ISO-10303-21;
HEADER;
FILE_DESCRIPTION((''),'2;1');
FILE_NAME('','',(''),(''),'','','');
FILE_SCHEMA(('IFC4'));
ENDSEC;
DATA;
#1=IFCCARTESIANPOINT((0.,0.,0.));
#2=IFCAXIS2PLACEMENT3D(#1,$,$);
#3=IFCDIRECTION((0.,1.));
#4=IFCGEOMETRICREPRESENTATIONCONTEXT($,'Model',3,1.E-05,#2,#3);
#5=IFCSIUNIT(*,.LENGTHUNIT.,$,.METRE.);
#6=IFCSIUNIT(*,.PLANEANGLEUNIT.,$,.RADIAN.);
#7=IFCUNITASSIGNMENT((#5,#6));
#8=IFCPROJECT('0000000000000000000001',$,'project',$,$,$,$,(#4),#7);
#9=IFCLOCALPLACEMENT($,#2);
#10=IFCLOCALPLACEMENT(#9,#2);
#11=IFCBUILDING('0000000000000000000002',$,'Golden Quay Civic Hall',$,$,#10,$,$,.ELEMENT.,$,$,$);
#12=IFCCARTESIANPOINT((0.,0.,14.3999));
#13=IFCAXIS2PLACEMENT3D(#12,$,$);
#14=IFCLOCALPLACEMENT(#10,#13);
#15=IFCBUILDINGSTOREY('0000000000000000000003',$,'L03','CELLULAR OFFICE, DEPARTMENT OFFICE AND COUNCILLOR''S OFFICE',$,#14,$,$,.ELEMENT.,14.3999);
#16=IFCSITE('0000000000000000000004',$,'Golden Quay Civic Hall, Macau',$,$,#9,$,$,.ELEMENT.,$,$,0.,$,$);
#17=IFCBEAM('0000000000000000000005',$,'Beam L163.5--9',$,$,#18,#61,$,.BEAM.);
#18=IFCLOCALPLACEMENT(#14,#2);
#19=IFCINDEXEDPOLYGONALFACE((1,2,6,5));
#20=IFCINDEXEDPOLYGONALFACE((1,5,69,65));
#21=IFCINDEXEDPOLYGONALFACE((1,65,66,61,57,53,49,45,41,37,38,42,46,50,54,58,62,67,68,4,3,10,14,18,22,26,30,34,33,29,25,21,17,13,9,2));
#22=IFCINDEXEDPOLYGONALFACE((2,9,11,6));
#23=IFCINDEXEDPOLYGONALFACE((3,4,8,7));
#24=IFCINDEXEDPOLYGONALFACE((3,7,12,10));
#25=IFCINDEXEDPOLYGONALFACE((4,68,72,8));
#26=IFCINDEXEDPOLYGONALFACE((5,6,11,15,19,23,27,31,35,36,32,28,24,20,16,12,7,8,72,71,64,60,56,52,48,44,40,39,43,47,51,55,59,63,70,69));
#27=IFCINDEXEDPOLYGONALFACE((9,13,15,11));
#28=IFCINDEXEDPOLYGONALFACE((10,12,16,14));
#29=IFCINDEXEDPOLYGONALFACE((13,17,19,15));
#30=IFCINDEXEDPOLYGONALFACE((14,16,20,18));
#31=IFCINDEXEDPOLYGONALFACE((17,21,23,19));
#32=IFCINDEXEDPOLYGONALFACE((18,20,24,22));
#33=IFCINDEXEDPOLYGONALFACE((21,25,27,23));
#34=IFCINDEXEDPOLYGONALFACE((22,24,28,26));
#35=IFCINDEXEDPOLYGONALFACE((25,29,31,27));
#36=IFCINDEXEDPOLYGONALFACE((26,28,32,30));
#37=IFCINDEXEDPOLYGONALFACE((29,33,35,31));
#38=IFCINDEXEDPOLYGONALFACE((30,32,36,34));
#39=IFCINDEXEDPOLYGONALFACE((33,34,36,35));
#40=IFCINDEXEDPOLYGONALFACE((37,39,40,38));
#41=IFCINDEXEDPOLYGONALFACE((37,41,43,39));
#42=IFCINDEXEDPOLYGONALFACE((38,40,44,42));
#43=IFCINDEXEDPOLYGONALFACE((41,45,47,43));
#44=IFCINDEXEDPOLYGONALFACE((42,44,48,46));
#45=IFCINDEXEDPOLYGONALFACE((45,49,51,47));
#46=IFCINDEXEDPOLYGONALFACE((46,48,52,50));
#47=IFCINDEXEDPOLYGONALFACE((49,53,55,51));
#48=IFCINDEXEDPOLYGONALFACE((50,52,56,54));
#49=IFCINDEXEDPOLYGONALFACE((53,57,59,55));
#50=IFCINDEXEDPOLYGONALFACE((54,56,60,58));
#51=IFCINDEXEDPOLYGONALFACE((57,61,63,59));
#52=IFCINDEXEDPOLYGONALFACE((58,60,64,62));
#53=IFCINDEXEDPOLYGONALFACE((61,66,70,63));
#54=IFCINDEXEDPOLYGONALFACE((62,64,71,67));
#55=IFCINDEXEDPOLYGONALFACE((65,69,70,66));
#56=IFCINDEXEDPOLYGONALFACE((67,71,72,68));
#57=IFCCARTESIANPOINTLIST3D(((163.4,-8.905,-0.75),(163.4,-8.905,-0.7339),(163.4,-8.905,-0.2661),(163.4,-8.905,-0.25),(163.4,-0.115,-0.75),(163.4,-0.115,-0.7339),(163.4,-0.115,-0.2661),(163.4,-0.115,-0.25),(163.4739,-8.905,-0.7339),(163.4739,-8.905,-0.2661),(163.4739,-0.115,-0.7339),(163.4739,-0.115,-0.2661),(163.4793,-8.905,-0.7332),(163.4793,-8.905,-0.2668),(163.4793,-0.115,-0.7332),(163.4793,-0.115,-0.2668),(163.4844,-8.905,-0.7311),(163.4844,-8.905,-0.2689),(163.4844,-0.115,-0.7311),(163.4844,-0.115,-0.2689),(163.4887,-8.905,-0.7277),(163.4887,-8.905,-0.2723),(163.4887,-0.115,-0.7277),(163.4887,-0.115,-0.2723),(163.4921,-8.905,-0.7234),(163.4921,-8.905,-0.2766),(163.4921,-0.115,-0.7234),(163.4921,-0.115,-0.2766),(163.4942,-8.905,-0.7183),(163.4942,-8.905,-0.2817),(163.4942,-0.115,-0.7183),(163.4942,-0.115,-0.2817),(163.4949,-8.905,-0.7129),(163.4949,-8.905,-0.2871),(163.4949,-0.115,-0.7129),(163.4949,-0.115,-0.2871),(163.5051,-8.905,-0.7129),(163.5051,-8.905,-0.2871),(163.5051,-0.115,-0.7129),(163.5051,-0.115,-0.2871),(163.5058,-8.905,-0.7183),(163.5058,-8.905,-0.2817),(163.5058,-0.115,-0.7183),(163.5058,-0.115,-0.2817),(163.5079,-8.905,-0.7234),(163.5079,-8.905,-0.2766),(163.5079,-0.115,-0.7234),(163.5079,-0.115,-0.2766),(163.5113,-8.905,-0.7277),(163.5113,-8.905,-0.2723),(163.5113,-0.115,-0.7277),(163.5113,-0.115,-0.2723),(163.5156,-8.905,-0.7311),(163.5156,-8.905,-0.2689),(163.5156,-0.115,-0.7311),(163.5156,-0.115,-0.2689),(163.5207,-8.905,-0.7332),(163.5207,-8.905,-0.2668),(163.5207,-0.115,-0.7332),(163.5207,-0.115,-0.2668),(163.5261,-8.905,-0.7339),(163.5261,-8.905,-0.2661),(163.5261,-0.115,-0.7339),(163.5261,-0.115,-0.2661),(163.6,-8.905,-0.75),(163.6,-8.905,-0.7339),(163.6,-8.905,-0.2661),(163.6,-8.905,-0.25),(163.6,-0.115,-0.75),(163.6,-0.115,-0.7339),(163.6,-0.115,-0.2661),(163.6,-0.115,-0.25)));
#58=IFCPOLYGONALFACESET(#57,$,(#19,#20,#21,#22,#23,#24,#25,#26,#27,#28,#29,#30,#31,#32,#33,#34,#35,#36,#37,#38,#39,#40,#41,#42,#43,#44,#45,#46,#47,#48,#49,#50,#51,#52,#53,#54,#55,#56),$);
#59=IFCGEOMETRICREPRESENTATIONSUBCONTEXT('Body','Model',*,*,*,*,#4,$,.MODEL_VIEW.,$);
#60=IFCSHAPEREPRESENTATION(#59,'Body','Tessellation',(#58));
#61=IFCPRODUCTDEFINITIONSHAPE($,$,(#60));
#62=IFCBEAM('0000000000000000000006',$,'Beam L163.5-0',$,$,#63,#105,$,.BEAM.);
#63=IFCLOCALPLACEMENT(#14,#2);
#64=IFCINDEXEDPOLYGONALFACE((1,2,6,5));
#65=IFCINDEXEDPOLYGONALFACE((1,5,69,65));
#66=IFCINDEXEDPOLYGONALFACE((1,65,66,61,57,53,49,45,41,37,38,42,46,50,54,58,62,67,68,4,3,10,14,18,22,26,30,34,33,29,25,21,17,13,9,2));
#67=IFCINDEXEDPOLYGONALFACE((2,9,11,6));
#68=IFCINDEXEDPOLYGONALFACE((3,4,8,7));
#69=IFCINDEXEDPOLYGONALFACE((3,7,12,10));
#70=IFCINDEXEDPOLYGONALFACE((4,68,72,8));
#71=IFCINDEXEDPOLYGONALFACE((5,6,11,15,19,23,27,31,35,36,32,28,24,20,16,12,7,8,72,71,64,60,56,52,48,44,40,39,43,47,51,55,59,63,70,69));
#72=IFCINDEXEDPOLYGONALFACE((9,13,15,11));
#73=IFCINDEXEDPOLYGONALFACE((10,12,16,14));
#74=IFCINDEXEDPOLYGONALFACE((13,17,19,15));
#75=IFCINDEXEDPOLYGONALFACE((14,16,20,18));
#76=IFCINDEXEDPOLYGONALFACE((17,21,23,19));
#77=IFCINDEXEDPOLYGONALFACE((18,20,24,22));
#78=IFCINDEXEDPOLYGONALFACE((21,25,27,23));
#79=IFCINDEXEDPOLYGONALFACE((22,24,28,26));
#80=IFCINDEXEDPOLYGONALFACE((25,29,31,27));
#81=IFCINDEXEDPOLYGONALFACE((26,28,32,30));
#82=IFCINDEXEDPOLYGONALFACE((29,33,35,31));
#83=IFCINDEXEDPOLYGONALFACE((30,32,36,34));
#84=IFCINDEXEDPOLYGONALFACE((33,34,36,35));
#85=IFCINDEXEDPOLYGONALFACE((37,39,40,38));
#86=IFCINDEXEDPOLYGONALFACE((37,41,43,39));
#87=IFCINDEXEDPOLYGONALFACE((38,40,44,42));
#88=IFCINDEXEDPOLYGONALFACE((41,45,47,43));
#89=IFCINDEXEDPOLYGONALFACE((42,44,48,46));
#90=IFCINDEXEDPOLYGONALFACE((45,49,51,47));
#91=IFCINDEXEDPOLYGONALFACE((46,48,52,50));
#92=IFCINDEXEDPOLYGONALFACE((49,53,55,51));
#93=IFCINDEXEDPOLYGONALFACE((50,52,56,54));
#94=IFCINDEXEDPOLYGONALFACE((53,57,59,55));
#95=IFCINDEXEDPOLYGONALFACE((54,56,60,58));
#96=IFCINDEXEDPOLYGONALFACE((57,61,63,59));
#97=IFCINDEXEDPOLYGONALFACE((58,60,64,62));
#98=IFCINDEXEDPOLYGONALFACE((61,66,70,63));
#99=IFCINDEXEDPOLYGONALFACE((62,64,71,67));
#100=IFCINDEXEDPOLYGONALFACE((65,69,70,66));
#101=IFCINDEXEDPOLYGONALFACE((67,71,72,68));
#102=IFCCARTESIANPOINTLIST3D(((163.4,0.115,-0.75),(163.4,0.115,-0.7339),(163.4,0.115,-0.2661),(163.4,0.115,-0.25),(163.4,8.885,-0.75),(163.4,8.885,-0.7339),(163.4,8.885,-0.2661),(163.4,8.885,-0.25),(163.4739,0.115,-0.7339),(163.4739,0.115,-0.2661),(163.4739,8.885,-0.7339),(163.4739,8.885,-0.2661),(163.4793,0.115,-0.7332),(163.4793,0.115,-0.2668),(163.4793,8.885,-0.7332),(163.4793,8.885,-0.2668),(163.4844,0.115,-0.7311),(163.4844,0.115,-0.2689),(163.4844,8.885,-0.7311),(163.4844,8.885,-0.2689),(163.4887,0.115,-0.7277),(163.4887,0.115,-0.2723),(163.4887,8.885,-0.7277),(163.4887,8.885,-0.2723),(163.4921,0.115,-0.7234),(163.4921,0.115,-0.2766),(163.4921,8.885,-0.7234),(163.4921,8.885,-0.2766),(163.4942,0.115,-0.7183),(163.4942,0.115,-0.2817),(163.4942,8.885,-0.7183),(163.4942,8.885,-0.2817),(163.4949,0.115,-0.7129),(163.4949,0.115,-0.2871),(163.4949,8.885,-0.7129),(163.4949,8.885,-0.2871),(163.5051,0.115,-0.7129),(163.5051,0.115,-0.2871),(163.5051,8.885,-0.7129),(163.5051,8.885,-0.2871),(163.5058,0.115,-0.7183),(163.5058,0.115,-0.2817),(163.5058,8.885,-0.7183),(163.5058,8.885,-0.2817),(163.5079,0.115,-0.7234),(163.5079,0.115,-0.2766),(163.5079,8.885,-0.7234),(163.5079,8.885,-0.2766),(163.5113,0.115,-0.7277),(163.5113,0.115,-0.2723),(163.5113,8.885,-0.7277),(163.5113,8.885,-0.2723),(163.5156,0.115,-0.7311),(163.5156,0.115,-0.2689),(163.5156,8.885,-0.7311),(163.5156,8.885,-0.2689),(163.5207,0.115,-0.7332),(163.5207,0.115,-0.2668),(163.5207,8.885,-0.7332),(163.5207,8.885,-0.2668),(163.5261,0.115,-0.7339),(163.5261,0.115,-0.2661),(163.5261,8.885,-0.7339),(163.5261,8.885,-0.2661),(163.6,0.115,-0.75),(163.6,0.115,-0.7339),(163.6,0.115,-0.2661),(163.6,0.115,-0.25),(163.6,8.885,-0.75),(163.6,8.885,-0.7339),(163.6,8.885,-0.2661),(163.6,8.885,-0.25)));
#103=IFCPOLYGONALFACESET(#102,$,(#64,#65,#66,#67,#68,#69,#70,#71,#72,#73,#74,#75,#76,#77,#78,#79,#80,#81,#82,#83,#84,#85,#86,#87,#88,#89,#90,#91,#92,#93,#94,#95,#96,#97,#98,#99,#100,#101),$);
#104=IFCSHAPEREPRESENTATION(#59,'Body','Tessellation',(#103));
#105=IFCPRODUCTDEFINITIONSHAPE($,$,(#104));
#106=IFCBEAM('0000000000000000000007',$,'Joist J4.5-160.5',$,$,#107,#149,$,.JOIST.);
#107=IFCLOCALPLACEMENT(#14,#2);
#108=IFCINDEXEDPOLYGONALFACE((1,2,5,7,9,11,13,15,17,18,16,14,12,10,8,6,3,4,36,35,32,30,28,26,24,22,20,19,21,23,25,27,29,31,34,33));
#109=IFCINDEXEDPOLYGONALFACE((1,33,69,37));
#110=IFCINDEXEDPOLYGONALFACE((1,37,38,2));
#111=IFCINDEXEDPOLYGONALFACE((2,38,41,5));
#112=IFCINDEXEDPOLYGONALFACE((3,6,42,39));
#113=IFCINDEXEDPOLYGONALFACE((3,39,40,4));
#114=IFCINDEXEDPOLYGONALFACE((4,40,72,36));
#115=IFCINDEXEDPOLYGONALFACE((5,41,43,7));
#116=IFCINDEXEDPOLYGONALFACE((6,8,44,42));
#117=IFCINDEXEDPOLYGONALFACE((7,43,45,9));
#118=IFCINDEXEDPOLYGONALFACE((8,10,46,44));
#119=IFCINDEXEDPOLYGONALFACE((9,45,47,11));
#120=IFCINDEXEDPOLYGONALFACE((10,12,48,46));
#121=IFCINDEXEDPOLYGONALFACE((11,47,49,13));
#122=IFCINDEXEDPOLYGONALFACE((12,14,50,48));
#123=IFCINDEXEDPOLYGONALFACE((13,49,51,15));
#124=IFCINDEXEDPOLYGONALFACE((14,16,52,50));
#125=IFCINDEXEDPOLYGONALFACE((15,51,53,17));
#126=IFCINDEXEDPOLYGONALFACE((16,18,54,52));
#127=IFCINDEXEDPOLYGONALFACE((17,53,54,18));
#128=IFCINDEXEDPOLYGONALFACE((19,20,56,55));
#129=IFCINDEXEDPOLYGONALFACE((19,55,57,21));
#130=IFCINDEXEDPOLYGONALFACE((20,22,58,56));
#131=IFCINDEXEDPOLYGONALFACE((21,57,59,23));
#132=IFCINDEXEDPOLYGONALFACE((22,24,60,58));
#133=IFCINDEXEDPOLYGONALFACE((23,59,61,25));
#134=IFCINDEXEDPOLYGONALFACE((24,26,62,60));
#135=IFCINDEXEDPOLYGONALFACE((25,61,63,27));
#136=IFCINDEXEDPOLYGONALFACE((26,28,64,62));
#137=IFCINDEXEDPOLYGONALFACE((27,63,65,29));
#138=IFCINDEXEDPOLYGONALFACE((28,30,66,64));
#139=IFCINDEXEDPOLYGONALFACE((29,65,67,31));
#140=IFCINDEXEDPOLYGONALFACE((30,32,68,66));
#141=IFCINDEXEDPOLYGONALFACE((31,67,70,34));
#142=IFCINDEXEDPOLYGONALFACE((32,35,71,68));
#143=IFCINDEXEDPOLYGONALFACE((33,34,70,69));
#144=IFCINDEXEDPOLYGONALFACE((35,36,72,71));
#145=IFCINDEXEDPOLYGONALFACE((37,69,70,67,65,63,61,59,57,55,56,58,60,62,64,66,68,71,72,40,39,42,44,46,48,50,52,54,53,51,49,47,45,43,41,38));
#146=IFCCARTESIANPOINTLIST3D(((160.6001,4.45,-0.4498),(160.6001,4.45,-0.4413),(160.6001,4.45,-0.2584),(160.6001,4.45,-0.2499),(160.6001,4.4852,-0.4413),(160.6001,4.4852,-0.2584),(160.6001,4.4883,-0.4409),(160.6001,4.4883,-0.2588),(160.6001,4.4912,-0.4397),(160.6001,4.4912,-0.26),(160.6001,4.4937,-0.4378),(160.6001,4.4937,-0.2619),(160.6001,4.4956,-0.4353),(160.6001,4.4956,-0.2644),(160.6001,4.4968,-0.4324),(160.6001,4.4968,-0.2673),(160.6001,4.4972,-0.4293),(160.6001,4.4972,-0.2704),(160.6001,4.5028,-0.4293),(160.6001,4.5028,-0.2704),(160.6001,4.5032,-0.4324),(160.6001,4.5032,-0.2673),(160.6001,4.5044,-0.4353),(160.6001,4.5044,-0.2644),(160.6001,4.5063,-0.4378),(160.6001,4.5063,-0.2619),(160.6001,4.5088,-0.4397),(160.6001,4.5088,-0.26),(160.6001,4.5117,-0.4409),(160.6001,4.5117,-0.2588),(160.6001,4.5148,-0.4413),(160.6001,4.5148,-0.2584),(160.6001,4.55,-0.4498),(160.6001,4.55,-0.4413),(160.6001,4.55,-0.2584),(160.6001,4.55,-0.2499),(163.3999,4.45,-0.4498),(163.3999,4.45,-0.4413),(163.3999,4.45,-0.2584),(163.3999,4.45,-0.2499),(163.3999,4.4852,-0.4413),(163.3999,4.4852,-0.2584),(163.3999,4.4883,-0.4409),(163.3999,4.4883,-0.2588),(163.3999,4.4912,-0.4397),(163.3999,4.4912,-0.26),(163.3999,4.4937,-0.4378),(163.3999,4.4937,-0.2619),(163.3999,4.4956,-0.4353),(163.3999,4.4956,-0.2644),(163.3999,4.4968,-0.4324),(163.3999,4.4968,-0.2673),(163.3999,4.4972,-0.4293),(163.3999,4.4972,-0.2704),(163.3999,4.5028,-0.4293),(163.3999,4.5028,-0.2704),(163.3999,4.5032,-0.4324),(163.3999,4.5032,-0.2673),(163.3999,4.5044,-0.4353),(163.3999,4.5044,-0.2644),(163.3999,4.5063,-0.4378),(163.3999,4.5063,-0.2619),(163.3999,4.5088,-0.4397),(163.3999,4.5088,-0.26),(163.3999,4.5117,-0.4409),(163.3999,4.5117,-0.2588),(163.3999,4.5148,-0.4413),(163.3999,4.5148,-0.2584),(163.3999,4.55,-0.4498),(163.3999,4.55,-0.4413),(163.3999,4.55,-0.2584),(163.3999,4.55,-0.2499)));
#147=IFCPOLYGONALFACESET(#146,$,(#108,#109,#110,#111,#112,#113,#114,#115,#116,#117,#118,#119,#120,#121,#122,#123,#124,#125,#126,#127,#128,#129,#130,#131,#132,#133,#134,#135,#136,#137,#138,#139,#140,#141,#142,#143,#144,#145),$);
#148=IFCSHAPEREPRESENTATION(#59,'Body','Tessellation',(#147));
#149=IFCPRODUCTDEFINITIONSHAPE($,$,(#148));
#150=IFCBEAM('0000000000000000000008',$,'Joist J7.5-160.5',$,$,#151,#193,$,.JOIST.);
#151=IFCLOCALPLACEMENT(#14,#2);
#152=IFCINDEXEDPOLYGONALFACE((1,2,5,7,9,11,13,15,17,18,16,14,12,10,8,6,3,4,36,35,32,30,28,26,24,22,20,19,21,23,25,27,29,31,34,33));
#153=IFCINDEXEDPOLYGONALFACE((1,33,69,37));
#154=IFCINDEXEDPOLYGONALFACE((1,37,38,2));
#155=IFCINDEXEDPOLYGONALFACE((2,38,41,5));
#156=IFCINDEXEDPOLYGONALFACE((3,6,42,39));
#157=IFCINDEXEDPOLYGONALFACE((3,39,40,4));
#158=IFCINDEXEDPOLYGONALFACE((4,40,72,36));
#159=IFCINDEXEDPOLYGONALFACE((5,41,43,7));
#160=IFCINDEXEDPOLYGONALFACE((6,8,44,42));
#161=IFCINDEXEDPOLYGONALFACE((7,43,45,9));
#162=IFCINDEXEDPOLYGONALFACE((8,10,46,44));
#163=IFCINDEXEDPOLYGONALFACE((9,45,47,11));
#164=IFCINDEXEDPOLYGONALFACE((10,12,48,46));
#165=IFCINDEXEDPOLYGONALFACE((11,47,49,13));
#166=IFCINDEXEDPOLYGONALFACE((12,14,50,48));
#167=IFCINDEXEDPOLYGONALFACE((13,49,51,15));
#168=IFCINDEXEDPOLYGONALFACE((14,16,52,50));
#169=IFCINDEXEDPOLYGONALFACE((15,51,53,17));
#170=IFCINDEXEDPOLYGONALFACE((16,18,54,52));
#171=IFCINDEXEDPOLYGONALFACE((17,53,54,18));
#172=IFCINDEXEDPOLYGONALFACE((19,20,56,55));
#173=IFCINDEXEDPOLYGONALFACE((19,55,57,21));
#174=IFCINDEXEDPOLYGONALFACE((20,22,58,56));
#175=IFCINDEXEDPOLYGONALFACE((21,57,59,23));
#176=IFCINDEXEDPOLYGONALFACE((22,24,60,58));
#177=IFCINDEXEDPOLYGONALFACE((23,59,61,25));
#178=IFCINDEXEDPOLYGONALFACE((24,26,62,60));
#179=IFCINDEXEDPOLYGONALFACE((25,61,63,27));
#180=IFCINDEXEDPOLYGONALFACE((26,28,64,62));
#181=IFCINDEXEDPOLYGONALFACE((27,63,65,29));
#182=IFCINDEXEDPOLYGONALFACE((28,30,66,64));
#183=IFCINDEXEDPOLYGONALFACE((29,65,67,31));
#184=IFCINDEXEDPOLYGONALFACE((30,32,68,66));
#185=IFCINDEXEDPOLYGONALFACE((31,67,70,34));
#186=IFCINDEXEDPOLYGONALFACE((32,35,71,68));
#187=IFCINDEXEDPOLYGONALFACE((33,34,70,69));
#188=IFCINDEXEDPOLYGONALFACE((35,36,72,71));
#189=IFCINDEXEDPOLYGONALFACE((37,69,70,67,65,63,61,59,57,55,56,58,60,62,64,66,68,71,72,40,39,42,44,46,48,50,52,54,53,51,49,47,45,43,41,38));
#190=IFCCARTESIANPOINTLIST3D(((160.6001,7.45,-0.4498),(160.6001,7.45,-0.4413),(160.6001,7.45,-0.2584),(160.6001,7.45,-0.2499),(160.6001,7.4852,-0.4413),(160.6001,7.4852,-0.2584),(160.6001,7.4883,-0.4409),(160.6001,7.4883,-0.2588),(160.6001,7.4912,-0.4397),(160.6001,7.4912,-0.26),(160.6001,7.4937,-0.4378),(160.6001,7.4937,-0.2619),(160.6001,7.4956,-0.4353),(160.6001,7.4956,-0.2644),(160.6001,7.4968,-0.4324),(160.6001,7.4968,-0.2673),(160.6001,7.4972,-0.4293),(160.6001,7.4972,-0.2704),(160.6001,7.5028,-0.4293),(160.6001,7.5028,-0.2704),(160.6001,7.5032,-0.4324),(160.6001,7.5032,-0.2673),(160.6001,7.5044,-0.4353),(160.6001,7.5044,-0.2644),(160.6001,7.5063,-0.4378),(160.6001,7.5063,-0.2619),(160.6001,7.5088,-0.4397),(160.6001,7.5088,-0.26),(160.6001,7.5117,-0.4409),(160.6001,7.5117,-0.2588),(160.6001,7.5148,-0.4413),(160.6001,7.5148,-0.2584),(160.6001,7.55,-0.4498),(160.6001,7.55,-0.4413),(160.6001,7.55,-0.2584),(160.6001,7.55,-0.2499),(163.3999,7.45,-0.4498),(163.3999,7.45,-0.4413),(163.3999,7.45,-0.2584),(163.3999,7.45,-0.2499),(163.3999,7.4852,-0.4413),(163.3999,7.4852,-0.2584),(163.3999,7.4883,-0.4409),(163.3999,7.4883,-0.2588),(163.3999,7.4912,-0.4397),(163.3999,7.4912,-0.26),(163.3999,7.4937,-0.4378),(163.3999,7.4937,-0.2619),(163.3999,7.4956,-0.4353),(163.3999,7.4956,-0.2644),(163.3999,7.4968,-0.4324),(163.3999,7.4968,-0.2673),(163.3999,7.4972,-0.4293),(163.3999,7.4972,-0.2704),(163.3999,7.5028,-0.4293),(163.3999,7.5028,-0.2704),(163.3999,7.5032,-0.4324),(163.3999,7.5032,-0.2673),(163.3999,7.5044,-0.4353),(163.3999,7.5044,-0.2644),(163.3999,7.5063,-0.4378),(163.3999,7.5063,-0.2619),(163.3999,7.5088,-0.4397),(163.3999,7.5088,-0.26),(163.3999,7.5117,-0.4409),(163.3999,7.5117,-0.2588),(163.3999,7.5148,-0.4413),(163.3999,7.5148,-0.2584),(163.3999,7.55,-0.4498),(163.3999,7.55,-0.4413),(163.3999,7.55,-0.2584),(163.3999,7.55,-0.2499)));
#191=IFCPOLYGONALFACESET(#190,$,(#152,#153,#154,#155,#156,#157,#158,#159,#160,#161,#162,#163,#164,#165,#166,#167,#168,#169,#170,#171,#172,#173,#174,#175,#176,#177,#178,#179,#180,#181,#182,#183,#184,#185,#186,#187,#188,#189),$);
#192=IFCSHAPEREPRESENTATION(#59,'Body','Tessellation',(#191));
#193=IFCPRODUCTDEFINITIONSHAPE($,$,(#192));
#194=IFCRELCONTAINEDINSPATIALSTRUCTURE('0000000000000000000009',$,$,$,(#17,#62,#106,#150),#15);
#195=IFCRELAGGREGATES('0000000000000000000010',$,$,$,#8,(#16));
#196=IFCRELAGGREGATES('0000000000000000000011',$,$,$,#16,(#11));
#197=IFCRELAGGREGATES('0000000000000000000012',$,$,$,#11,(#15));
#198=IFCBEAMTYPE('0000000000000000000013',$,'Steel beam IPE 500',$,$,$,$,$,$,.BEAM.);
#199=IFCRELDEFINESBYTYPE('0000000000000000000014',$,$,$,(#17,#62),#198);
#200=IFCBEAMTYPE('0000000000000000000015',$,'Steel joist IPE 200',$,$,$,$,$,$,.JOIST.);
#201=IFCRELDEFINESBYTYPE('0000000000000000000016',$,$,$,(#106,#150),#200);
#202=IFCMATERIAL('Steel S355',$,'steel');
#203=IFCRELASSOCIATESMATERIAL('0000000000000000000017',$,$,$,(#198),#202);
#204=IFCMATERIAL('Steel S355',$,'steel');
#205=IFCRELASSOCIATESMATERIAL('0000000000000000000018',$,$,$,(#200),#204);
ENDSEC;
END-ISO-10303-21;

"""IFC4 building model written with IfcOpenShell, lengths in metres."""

from ifc_helpers import new_model, si_unit, direction, frame, origin, origin_2d, place, context, subcontext, project, spatial, i_section, extrude, material, material_profile, profile_set, type_object, element, save


model = new_model("IFC4")

# Units and contexts
model_context = context("Model", 3, precision=1e-05, world=origin(), true_north=direction((0.0, 1.0)))
body_context = subcontext(model_context, "Body", "Model", "MODEL_VIEW")
ifc_project = project(units=[si_unit("LENGTHUNIT", "METRE"), si_unit("PLANEANGLEUNIT", "RADIAN")], contexts=[model_context])

# Site, building, storey
site_placement = place(None, origin())
site = spatial("IfcSite", under=ifc_project, at=site_placement, Name="Golden Quay Civic Hall, Macau", CompositionType="ELEMENT", RefElevation=0.0)
building_placement = place(site_placement, origin())
building = spatial("IfcBuilding", under=site, at=building_placement, Name="Golden Quay Civic Hall", CompositionType="ELEMENT")
storey_placement = place(building_placement, frame((0.0, 0.0, 14.3999)))
storey = spatial("IfcBuildingStorey", under=building, at=storey_placement, Name="L03", Description="CELLULAR OFFICE, DEPARTMENT OFFICE AND COUNCILLOR'S OFFICE", CompositionType="ELEMENT", Elevation=14.3999)

# Beams
ifc_material_1 = material(Name="Steel S355", Category="steel")
ifc_material_profile_1 = material_profile(ifc_material_1, i_section(OverallWidth=0.2, OverallDepth=0.5, WebThickness=0.0103, FlangeThickness=0.0161, FilletRadius=0.021, at=origin_2d()), Name="IPE 500")
ifc_profile_set_1 = profile_set([ifc_material_profile_1], Name="Steel S355")
beam_type_1 = type_object("IfcBeamType", Name="Steel beam IPE 500", PredefinedType="BEAM", material=ifc_profile_set_1)
beam_1_placement = place(storey_placement, frame((163.5, -8.905, -0.5), z_axis=(0.0, 1.0, 0.0), x_axis=(-1.0, 0.0, 0.0)))
element("IfcBeam", 1, at=beam_1_placement, inside=storey, type_object=beam_type_1, Name="Beam L163.5--9", PredefinedType="BEAM", context=body_context, shape_type="SweptSolid", body=[
    extrude(i_section(OverallWidth=0.2, OverallDepth=0.5, WebThickness=0.0103, FlangeThickness=0.0161, FilletRadius=0.021, at=origin_2d()), origin(), (0.0, 0.0, 1.0), 8.79),
])
beam_2_placement = place(storey_placement, frame((163.5, 0.115, -0.5), z_axis=(0.0, 1.0, 0.0), x_axis=(-1.0, 0.0, 0.0)))
element("IfcBeam", 2, at=beam_2_placement, inside=storey, type_object=beam_type_1, Name="Beam L163.5-0", PredefinedType="BEAM", context=body_context, shape_type="SweptSolid", body=[
    extrude(i_section(OverallWidth=0.2, OverallDepth=0.5, WebThickness=0.0103, FlangeThickness=0.0161, FilletRadius=0.021, at=origin_2d()), origin(), (0.0, 0.0, 1.0), 8.77),
])
ifc_material_2 = material(Name="Steel S355", Category="steel")
ifc_material_profile_2 = material_profile(ifc_material_2, i_section(OverallWidth=0.1001, OverallDepth=0.2, WebThickness=0.0056, FlangeThickness=0.0085, FilletRadius=0.012, at=origin_2d()), Name="IPE 200")
ifc_profile_set_2 = profile_set([ifc_material_profile_2], Name="Steel S355")
beam_type_2 = type_object("IfcBeamType", Name="Steel joist IPE 200", PredefinedType="JOIST", material=ifc_profile_set_2)
for number, where, z_axis, x_axis, name in (
    (3, (160.6001, 4.5, -0.3499), (1.0, 0.0, 0.0), (0.0, 1.0, 0.0), "Joist J4.5-160.5"),
    (4, (160.6001, 7.5, -0.3499), (1.0, 0.0, 0.0), (0.0, 1.0, 0.0), "Joist J7.5-160.5"),
):
    element("IfcBeam", number, at=place(storey_placement, frame(where, z_axis=z_axis, x_axis=x_axis)), inside=storey, type_object=beam_type_2, Name=name, PredefinedType="JOIST", context=body_context, shape_type="SweptSolid", body=[
        extrude(i_section(OverallWidth=0.1001, OverallDepth=0.2, WebThickness=0.0056, FlangeThickness=0.0085, FilletRadius=0.012, at=origin_2d()), origin(), (0.0, 0.0, 1.0), 2.7998),
    ])

save(model, "model.ifc")
